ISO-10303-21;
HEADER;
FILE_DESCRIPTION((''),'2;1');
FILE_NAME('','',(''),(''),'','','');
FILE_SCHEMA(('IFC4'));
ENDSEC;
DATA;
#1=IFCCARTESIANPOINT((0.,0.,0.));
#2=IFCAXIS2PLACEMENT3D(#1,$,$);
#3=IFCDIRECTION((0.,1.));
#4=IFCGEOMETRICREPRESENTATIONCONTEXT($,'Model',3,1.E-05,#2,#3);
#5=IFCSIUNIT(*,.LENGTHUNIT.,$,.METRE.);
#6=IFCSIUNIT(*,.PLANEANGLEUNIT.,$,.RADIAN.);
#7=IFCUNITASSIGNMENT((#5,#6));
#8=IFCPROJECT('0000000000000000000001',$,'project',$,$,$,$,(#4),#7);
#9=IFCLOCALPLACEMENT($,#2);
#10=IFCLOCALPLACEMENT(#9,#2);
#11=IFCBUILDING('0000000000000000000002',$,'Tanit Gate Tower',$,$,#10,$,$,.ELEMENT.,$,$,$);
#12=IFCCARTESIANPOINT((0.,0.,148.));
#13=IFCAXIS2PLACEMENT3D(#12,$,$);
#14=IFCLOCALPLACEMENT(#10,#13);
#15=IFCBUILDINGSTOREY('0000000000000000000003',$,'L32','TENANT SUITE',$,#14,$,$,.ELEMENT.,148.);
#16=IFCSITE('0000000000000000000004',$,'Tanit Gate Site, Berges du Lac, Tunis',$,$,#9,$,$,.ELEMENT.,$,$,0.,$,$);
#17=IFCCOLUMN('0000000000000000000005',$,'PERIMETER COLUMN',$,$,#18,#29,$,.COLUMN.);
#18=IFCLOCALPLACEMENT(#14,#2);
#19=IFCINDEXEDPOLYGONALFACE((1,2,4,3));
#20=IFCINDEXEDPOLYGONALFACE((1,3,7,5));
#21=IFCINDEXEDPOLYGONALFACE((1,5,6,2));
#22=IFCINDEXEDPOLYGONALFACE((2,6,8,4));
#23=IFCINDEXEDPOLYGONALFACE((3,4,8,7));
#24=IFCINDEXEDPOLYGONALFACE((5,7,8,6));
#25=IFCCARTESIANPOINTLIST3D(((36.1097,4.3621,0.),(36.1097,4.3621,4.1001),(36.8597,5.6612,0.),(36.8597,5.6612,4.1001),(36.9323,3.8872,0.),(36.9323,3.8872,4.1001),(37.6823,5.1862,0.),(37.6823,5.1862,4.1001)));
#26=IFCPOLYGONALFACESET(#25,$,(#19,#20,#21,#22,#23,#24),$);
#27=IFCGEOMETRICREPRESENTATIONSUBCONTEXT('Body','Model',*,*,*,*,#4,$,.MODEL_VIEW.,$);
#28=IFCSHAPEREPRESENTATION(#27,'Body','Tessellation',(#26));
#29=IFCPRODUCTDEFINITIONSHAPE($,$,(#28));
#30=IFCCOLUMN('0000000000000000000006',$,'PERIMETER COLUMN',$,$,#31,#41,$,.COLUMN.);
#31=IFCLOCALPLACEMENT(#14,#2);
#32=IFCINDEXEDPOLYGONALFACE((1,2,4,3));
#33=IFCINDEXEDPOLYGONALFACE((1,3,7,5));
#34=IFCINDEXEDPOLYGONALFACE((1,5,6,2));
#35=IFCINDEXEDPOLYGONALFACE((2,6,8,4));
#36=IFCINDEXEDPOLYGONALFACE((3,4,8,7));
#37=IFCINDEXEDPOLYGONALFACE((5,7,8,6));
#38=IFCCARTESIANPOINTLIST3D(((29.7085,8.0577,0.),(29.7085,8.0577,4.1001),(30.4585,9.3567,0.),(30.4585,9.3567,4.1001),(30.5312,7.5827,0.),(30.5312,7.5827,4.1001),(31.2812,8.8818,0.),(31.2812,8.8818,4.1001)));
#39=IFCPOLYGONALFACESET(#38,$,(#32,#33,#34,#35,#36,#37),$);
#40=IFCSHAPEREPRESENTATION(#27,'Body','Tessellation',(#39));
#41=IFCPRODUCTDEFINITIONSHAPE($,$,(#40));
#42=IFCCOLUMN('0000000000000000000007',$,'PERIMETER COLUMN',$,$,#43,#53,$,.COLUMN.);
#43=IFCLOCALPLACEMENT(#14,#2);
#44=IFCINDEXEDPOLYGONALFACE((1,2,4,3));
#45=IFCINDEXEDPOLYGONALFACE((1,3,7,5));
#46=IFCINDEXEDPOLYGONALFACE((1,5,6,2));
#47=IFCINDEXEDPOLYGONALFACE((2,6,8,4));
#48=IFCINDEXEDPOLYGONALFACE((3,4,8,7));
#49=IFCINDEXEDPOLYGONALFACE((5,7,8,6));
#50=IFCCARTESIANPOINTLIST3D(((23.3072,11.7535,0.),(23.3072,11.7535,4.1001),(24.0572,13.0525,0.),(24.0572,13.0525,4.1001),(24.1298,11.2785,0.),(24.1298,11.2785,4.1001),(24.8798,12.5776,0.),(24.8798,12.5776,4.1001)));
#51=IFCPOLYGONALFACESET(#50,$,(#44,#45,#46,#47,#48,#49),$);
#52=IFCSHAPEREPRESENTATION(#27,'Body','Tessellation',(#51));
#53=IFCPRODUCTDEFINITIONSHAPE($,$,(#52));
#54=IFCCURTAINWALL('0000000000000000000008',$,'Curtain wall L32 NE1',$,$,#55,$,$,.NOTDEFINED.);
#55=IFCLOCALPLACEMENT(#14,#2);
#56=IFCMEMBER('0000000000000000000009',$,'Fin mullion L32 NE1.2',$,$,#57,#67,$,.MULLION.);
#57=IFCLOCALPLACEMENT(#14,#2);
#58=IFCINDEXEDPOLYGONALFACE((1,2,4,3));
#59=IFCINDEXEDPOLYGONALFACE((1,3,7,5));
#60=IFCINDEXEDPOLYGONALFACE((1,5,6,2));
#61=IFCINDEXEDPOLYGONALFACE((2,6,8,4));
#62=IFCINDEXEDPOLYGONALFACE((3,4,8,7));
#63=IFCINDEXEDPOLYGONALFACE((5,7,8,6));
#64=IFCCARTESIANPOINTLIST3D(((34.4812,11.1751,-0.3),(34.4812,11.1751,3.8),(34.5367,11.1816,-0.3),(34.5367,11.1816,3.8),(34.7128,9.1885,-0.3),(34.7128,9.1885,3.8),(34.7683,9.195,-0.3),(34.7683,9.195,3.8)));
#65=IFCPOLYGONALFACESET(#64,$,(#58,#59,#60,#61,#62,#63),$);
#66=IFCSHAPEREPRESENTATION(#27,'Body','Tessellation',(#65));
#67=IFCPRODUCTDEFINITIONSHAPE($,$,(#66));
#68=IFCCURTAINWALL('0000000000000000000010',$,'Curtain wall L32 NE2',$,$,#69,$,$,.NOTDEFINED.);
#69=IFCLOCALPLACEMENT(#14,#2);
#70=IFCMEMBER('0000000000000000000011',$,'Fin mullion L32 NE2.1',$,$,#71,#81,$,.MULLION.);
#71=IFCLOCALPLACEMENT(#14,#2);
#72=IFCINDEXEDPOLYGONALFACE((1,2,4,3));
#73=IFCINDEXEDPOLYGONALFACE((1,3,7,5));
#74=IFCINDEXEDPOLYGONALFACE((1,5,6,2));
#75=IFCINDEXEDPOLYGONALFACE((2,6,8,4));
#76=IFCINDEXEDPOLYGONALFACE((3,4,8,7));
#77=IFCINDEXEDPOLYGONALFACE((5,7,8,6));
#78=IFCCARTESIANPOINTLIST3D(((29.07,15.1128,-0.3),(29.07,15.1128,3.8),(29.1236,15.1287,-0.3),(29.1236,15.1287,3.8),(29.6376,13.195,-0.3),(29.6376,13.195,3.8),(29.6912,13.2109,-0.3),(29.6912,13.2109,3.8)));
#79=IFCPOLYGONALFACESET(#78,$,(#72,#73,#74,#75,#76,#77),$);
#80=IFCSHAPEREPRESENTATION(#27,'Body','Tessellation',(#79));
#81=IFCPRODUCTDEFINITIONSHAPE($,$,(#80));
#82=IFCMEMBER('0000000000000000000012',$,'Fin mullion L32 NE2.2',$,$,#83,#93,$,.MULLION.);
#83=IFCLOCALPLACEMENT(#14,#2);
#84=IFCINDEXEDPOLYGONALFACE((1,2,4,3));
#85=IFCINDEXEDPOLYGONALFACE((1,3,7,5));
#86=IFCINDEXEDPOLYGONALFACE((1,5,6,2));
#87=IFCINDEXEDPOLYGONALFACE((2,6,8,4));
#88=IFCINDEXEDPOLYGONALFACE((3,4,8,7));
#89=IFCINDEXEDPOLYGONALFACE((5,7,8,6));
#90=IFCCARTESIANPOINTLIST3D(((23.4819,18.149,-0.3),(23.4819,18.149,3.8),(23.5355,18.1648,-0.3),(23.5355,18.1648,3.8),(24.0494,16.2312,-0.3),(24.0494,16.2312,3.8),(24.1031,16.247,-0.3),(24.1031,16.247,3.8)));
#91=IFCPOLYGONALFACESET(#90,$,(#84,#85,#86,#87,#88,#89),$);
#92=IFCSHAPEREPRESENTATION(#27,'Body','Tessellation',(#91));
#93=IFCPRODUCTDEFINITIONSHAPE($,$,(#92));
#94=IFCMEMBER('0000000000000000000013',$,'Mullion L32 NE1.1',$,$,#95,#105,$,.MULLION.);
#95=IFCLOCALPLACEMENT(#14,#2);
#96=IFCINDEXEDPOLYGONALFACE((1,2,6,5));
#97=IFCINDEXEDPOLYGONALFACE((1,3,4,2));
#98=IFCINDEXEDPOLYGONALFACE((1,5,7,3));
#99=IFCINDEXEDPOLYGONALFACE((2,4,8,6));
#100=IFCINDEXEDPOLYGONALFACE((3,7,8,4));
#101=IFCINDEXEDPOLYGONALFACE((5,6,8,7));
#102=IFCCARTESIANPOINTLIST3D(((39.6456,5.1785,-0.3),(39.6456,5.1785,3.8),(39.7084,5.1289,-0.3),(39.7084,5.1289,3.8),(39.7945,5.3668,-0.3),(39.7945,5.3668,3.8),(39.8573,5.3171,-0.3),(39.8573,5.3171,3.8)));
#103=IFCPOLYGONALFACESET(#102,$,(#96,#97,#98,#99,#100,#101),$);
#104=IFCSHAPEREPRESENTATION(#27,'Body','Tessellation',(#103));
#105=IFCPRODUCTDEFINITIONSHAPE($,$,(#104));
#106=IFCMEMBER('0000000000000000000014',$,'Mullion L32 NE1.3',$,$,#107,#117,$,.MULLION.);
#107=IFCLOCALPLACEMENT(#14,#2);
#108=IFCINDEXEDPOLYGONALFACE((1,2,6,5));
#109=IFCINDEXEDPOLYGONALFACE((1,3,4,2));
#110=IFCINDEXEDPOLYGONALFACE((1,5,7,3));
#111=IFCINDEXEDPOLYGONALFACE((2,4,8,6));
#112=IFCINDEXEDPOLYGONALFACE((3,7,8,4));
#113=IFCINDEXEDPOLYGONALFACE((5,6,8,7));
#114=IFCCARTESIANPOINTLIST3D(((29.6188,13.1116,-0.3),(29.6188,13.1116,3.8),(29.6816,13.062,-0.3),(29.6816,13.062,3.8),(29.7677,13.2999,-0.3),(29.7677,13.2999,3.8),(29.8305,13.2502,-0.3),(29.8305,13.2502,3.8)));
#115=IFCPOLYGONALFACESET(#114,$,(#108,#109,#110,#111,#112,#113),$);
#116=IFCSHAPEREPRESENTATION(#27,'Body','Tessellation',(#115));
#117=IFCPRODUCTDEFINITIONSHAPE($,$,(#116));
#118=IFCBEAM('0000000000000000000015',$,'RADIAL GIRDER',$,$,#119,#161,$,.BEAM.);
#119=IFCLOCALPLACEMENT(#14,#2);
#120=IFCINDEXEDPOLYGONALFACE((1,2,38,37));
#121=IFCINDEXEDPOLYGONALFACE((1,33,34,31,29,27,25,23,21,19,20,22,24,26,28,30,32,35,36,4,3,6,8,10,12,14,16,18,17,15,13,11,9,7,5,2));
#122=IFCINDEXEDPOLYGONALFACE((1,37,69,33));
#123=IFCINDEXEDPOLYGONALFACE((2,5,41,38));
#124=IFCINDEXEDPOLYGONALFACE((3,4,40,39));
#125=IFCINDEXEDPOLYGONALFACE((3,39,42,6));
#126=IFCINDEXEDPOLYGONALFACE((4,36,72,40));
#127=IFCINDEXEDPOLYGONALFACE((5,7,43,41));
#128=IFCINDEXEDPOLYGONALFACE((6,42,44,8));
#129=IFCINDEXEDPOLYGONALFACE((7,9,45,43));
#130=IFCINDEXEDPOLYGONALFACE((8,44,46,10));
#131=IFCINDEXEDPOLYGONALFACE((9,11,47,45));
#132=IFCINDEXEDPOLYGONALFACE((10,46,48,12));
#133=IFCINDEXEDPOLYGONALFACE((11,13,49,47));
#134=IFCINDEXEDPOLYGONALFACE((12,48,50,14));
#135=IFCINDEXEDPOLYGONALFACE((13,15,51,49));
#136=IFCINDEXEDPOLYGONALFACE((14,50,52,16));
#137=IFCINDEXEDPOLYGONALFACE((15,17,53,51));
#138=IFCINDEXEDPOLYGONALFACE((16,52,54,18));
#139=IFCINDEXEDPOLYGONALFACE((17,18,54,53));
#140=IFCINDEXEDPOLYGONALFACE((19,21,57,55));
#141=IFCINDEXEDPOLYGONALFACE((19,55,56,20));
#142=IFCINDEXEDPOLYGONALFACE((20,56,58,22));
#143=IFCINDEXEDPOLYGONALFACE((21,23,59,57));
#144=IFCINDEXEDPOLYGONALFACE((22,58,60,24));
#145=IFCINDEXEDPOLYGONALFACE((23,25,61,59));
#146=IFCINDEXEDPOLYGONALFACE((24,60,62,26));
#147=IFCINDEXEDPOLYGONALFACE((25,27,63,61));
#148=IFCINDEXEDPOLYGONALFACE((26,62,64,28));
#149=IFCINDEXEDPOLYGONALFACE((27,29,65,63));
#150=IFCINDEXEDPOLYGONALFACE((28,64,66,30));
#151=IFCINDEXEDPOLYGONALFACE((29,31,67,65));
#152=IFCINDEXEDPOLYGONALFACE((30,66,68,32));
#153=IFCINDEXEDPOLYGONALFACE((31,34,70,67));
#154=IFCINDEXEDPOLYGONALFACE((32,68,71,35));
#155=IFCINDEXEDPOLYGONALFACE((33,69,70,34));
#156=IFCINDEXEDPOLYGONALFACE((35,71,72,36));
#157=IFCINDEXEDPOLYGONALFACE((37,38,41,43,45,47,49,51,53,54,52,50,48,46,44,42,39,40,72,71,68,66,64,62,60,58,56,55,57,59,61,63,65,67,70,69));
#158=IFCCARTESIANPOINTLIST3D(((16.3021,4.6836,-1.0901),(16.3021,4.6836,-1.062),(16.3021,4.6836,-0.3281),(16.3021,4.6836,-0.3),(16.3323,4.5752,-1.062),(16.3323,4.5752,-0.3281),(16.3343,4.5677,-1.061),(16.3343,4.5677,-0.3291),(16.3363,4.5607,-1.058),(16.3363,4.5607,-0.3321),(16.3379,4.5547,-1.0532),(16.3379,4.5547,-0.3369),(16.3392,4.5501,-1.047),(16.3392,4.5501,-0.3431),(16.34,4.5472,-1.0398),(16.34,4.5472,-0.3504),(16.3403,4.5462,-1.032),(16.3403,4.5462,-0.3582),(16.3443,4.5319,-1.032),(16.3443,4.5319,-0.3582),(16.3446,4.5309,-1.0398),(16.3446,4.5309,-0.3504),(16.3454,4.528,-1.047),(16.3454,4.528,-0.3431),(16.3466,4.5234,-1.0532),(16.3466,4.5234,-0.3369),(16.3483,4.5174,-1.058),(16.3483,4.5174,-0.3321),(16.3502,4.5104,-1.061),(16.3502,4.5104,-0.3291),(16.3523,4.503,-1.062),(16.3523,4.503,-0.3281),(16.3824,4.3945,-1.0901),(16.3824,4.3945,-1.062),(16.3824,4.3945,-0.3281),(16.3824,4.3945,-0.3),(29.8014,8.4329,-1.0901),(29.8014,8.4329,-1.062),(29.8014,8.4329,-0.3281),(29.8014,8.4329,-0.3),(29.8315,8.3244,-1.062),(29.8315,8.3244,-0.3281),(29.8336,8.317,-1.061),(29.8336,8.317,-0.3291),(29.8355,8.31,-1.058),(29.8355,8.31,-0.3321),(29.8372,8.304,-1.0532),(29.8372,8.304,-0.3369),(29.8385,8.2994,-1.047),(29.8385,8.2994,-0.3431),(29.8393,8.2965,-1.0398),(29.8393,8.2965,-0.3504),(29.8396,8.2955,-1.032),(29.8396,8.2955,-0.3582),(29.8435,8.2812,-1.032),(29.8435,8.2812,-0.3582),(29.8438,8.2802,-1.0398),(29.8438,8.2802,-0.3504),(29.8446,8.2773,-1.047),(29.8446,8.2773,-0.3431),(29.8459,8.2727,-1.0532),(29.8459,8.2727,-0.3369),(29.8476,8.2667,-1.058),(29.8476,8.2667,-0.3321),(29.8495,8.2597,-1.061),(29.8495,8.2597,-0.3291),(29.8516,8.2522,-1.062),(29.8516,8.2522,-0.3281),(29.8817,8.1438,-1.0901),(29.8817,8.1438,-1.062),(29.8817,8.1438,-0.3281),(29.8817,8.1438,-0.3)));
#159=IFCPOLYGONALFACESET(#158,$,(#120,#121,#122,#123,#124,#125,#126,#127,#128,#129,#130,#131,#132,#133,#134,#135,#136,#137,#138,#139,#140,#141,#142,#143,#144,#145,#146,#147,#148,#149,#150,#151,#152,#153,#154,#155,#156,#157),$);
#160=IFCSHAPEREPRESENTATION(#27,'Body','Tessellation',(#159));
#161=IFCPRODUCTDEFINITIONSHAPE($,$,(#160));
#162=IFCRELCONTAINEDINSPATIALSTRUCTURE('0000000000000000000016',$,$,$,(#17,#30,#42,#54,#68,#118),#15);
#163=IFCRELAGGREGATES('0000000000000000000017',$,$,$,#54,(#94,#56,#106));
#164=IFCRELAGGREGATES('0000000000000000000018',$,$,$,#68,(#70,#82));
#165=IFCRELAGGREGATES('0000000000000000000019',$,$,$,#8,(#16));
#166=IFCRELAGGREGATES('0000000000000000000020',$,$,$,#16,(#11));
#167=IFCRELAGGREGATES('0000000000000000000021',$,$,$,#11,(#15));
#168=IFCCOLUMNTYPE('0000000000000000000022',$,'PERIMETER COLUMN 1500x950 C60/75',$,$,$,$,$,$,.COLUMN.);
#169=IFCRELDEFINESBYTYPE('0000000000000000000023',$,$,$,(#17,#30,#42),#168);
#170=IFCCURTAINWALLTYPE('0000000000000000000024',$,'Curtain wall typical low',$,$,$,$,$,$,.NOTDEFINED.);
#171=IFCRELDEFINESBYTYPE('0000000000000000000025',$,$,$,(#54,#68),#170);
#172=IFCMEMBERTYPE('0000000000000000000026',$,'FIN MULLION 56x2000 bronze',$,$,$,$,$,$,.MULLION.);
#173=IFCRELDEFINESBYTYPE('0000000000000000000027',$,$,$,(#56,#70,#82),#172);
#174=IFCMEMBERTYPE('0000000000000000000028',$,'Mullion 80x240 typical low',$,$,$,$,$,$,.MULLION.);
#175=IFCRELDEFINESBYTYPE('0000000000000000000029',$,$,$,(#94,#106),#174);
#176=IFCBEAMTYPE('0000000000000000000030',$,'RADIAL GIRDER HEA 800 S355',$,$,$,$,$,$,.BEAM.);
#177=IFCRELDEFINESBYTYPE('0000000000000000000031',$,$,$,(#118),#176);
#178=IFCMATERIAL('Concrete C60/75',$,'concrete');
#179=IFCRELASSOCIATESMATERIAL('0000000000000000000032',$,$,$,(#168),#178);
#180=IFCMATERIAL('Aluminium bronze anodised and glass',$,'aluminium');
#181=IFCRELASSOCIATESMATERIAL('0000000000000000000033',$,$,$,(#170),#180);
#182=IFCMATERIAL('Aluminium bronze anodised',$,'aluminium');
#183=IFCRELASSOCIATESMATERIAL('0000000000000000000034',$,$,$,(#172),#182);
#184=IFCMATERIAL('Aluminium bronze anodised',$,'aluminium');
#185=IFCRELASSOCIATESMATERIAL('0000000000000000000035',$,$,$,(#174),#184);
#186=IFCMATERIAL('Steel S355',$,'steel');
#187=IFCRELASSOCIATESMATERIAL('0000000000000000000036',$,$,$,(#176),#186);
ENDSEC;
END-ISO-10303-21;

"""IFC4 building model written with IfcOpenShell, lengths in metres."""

from ifc_helpers import new_model, si_unit, direction, frame, origin, origin_2d, place, context, subcontext, project, spatial, rectangle, i_section, extrude, material, material_profile, profile_set, type_object, element, aggregate, save


model = new_model("IFC4")

# Units and contexts
model_context = context("Model", 3, precision=1e-05, world=origin(), true_north=direction((0.0, 1.0)))
body_context = subcontext(model_context, "Body", "Model", "MODEL_VIEW")
ifc_project = project(units=[si_unit("LENGTHUNIT", "METRE"), si_unit("PLANEANGLEUNIT", "RADIAN")], contexts=[model_context])

# Site, building, storey
site_placement = place(None, origin())
site = spatial("IfcSite", under=ifc_project, at=site_placement, Name="Tanit Gate Site, Berges du Lac, Tunis", CompositionType="ELEMENT", RefElevation=0.0)
building_placement = place(site_placement, origin())
building = spatial("IfcBuilding", under=site, at=building_placement, Name="Tanit Gate Tower", CompositionType="ELEMENT")
storey_placement = place(building_placement, frame((0.0, 0.0, 148.0)))
storey = spatial("IfcBuildingStorey", under=building, at=storey_placement, Name="L32", Description="TENANT SUITE", CompositionType="ELEMENT", Elevation=148.0)

# Columns
ifc_material_1 = material(Name="Concrete C60/75", Category="concrete")
ifc_material_profile_1 = material_profile(ifc_material_1, rectangle(XDim=1.5, YDim=0.95, at=origin_2d()), Name="RC 1500x950")
ifc_profile_set_1 = profile_set([ifc_material_profile_1], Name="Concrete C60/75")
column_type = type_object("IfcColumnType", Name="PERIMETER COLUMN 1500x950 C60/75", PredefinedType="COLUMN", material=ifc_profile_set_1)
for number, where, z_axis, x_axis, name in (
    (1, (36.896, 4.7742, 0.0), (0.0, 0.0, 1.0), (0.5, 0.866025, 0.0), "PERIMETER COLUMN"),
    (2, (30.4949, 8.4697, 0.0), (0.0, 0.0, 1.0), (0.5, 0.866025, 0.0), "PERIMETER COLUMN"),
    (3, (24.0935, 12.1655, 0.0), (0.0, 0.0, 1.0), (0.5, 0.866025, 0.0), "PERIMETER COLUMN"),
):
    element("IfcColumn", number, at=place(storey_placement, frame(where, z_axis=z_axis, x_axis=x_axis)), inside=storey, type_object=column_type, Name=name, PredefinedType="COLUMN", context=body_context, shape_type="SweptSolid", body=[
        extrude(rectangle(XDim=1.5, YDim=0.95, at=origin_2d()), origin(), (0.0, 0.0, 1.0), 4.1001),
    ])

# Curtain wall, member
ifc_material_2 = material(Name="Aluminium bronze anodised and glass", Category="aluminium")
curtain_wall_type = type_object("IfcCurtainWallType", Name="Curtain wall typical low", PredefinedType="NOTDEFINED", material=ifc_material_2)
curtain_wall_1_placement = place(storey_placement, origin())
curtain_wall_1 = element("IfcCurtainWall", 4, at=curtain_wall_1_placement, inside=storey, type_object=curtain_wall_type, Name="Curtain wall L32 NE1", PredefinedType="NOTDEFINED")
ifc_material_3 = material(Name="Aluminium bronze anodised", Category="aluminium")
ifc_material_profile_2 = material_profile(ifc_material_3, rectangle(XDim=2.0, YDim=0.0559, at=origin_2d()), Name="56x2000 bronze fin mullion")
ifc_profile_set_2 = profile_set([ifc_material_profile_2], Name="Aluminium bronze anodised")
member_type_1 = type_object("IfcMemberType", Name="FIN MULLION 56x2000 bronze", PredefinedType="MULLION", material=ifc_profile_set_2)
member_1_placement = place(storey_placement, frame((34.6248, 10.1851, -0.3), z_axis=(0.0, 0.0, 1.0), x_axis=(0.115806, -0.993272, 0.0)))
member_1 = element("IfcMember", 5, at=member_1_placement, type_object=member_type_1, Name="Fin mullion L32 NE1.2", PredefinedType="MULLION", context=body_context, shape_type="SweptSolid", body=[
    extrude(rectangle(XDim=2.0, YDim=0.0559, at=origin_2d()), origin(), (0.0, 0.0, 1.0), 4.1001),
])

# Curtain wall, members
curtain_wall_2_placement = place(storey_placement, origin())
curtain_wall_2 = element("IfcCurtainWall", 6, at=curtain_wall_2_placement, inside=storey, type_object=curtain_wall_type, Name="Curtain wall L32 NE2", PredefinedType="NOTDEFINED")
member_2_placement = place(storey_placement, frame((29.3806, 14.1619, -0.3), z_axis=(0.0, 0.0, 1.0), x_axis=(0.283773, -0.958892, 0.0)))
member_2 = element("IfcMember", 7, at=member_2_placement, type_object=member_type_1, Name="Fin mullion L32 NE2.1", PredefinedType="MULLION", context=body_context, shape_type="SweptSolid", body=[
    extrude(rectangle(XDim=2.0, YDim=0.0559, at=origin_2d()), origin(), (0.0, 0.0, 1.0), 4.1001),
])
member_3_placement = place(storey_placement, frame((23.7925, 17.198, -0.3), z_axis=(0.0, 0.0, 1.0), x_axis=(0.283773, -0.958892, 0.0)))
member_3 = element("IfcMember", 8, at=member_3_placement, type_object=member_type_1, Name="Fin mullion L32 NE2.2", PredefinedType="MULLION", context=body_context, shape_type="SweptSolid", body=[
    extrude(rectangle(XDim=2.0, YDim=0.0559, at=origin_2d()), origin(), (0.0, 0.0, 1.0), 4.1001),
])

# Members
ifc_material_4 = material(Name="Aluminium bronze anodised", Category="aluminium")
ifc_material_profile_3 = material_profile(ifc_material_4, rectangle(XDim=0.24, YDim=0.0801, at=origin_2d()), Name="80x240 bronze mullion")
ifc_profile_set_3 = profile_set([ifc_material_profile_3], Name="Aluminium bronze anodised")
member_type_2 = type_object("IfcMemberType", Name="Mullion 80x240 typical low", PredefinedType="MULLION", material=ifc_profile_set_3)
member_4_placement = place(storey_placement, frame((39.7515, 5.2478, -0.3), z_axis=(0.0, 0.0, 1.0), x_axis=(-0.620462, -0.784237, 0.0)))
member_4 = element("IfcMember", 9, at=member_4_placement, type_object=member_type_2, Name="Mullion L32 NE1.1", PredefinedType="MULLION", context=body_context, shape_type="SweptSolid", body=[
    extrude(rectangle(XDim=0.24, YDim=0.0801, at=origin_2d()), origin(), (0.0, 0.0, 1.0), 4.1001),
])
member_5_placement = place(storey_placement, frame((29.7246, 13.1809, -0.3), z_axis=(0.0, 0.0, 1.0), x_axis=(-0.620462, -0.784237, 0.0)))
member_5 = element("IfcMember", 10, at=member_5_placement, type_object=member_type_2, Name="Mullion L32 NE1.3", PredefinedType="MULLION", context=body_context, shape_type="SweptSolid", body=[
    extrude(rectangle(XDim=0.24, YDim=0.0801, at=origin_2d()), origin(), (0.0, 0.0, 1.0), 4.1001),
])

# Beam
ifc_material_5 = material(Name="Steel S355", Category="steel")
ifc_material_profile_4 = material_profile(ifc_material_5, i_section(OverallWidth=0.3, OverallDepth=0.79, WebThickness=0.0149, FlangeThickness=0.0281, FilletRadius=0.03, at=origin_2d()), Name="HEA 800")
ifc_profile_set_4 = profile_set([ifc_material_profile_4], Name="Steel S355")
beam_type_1 = type_object("IfcBeamType", Name="RADIAL GIRDER HEA 800 S355", PredefinedType="BEAM", material=ifc_profile_set_4)
beam_1_placement = place(storey_placement, frame((29.8416, 8.2883, -0.6951), z_axis=(-0.963528, -0.267609, 0.0), x_axis=(0.267609, -0.963528, 0.0)))
element("IfcBeam", 11, at=beam_1_placement, inside=storey, type_object=beam_type_1, Name="RADIAL GIRDER", PredefinedType="BEAM", context=body_context, shape_type="SweptSolid", body=[
    extrude(i_section(OverallWidth=0.3, OverallDepth=0.79, WebThickness=0.0149, FlangeThickness=0.0281, FilletRadius=0.03, at=origin_2d()), origin(), (0.0, 0.0, 1.0), 14.0103),
])

aggregate(curtain_wall_1, [member_4, member_1, member_5])
aggregate(curtain_wall_2, [member_2, member_3])

save(model, "model.ifc")
